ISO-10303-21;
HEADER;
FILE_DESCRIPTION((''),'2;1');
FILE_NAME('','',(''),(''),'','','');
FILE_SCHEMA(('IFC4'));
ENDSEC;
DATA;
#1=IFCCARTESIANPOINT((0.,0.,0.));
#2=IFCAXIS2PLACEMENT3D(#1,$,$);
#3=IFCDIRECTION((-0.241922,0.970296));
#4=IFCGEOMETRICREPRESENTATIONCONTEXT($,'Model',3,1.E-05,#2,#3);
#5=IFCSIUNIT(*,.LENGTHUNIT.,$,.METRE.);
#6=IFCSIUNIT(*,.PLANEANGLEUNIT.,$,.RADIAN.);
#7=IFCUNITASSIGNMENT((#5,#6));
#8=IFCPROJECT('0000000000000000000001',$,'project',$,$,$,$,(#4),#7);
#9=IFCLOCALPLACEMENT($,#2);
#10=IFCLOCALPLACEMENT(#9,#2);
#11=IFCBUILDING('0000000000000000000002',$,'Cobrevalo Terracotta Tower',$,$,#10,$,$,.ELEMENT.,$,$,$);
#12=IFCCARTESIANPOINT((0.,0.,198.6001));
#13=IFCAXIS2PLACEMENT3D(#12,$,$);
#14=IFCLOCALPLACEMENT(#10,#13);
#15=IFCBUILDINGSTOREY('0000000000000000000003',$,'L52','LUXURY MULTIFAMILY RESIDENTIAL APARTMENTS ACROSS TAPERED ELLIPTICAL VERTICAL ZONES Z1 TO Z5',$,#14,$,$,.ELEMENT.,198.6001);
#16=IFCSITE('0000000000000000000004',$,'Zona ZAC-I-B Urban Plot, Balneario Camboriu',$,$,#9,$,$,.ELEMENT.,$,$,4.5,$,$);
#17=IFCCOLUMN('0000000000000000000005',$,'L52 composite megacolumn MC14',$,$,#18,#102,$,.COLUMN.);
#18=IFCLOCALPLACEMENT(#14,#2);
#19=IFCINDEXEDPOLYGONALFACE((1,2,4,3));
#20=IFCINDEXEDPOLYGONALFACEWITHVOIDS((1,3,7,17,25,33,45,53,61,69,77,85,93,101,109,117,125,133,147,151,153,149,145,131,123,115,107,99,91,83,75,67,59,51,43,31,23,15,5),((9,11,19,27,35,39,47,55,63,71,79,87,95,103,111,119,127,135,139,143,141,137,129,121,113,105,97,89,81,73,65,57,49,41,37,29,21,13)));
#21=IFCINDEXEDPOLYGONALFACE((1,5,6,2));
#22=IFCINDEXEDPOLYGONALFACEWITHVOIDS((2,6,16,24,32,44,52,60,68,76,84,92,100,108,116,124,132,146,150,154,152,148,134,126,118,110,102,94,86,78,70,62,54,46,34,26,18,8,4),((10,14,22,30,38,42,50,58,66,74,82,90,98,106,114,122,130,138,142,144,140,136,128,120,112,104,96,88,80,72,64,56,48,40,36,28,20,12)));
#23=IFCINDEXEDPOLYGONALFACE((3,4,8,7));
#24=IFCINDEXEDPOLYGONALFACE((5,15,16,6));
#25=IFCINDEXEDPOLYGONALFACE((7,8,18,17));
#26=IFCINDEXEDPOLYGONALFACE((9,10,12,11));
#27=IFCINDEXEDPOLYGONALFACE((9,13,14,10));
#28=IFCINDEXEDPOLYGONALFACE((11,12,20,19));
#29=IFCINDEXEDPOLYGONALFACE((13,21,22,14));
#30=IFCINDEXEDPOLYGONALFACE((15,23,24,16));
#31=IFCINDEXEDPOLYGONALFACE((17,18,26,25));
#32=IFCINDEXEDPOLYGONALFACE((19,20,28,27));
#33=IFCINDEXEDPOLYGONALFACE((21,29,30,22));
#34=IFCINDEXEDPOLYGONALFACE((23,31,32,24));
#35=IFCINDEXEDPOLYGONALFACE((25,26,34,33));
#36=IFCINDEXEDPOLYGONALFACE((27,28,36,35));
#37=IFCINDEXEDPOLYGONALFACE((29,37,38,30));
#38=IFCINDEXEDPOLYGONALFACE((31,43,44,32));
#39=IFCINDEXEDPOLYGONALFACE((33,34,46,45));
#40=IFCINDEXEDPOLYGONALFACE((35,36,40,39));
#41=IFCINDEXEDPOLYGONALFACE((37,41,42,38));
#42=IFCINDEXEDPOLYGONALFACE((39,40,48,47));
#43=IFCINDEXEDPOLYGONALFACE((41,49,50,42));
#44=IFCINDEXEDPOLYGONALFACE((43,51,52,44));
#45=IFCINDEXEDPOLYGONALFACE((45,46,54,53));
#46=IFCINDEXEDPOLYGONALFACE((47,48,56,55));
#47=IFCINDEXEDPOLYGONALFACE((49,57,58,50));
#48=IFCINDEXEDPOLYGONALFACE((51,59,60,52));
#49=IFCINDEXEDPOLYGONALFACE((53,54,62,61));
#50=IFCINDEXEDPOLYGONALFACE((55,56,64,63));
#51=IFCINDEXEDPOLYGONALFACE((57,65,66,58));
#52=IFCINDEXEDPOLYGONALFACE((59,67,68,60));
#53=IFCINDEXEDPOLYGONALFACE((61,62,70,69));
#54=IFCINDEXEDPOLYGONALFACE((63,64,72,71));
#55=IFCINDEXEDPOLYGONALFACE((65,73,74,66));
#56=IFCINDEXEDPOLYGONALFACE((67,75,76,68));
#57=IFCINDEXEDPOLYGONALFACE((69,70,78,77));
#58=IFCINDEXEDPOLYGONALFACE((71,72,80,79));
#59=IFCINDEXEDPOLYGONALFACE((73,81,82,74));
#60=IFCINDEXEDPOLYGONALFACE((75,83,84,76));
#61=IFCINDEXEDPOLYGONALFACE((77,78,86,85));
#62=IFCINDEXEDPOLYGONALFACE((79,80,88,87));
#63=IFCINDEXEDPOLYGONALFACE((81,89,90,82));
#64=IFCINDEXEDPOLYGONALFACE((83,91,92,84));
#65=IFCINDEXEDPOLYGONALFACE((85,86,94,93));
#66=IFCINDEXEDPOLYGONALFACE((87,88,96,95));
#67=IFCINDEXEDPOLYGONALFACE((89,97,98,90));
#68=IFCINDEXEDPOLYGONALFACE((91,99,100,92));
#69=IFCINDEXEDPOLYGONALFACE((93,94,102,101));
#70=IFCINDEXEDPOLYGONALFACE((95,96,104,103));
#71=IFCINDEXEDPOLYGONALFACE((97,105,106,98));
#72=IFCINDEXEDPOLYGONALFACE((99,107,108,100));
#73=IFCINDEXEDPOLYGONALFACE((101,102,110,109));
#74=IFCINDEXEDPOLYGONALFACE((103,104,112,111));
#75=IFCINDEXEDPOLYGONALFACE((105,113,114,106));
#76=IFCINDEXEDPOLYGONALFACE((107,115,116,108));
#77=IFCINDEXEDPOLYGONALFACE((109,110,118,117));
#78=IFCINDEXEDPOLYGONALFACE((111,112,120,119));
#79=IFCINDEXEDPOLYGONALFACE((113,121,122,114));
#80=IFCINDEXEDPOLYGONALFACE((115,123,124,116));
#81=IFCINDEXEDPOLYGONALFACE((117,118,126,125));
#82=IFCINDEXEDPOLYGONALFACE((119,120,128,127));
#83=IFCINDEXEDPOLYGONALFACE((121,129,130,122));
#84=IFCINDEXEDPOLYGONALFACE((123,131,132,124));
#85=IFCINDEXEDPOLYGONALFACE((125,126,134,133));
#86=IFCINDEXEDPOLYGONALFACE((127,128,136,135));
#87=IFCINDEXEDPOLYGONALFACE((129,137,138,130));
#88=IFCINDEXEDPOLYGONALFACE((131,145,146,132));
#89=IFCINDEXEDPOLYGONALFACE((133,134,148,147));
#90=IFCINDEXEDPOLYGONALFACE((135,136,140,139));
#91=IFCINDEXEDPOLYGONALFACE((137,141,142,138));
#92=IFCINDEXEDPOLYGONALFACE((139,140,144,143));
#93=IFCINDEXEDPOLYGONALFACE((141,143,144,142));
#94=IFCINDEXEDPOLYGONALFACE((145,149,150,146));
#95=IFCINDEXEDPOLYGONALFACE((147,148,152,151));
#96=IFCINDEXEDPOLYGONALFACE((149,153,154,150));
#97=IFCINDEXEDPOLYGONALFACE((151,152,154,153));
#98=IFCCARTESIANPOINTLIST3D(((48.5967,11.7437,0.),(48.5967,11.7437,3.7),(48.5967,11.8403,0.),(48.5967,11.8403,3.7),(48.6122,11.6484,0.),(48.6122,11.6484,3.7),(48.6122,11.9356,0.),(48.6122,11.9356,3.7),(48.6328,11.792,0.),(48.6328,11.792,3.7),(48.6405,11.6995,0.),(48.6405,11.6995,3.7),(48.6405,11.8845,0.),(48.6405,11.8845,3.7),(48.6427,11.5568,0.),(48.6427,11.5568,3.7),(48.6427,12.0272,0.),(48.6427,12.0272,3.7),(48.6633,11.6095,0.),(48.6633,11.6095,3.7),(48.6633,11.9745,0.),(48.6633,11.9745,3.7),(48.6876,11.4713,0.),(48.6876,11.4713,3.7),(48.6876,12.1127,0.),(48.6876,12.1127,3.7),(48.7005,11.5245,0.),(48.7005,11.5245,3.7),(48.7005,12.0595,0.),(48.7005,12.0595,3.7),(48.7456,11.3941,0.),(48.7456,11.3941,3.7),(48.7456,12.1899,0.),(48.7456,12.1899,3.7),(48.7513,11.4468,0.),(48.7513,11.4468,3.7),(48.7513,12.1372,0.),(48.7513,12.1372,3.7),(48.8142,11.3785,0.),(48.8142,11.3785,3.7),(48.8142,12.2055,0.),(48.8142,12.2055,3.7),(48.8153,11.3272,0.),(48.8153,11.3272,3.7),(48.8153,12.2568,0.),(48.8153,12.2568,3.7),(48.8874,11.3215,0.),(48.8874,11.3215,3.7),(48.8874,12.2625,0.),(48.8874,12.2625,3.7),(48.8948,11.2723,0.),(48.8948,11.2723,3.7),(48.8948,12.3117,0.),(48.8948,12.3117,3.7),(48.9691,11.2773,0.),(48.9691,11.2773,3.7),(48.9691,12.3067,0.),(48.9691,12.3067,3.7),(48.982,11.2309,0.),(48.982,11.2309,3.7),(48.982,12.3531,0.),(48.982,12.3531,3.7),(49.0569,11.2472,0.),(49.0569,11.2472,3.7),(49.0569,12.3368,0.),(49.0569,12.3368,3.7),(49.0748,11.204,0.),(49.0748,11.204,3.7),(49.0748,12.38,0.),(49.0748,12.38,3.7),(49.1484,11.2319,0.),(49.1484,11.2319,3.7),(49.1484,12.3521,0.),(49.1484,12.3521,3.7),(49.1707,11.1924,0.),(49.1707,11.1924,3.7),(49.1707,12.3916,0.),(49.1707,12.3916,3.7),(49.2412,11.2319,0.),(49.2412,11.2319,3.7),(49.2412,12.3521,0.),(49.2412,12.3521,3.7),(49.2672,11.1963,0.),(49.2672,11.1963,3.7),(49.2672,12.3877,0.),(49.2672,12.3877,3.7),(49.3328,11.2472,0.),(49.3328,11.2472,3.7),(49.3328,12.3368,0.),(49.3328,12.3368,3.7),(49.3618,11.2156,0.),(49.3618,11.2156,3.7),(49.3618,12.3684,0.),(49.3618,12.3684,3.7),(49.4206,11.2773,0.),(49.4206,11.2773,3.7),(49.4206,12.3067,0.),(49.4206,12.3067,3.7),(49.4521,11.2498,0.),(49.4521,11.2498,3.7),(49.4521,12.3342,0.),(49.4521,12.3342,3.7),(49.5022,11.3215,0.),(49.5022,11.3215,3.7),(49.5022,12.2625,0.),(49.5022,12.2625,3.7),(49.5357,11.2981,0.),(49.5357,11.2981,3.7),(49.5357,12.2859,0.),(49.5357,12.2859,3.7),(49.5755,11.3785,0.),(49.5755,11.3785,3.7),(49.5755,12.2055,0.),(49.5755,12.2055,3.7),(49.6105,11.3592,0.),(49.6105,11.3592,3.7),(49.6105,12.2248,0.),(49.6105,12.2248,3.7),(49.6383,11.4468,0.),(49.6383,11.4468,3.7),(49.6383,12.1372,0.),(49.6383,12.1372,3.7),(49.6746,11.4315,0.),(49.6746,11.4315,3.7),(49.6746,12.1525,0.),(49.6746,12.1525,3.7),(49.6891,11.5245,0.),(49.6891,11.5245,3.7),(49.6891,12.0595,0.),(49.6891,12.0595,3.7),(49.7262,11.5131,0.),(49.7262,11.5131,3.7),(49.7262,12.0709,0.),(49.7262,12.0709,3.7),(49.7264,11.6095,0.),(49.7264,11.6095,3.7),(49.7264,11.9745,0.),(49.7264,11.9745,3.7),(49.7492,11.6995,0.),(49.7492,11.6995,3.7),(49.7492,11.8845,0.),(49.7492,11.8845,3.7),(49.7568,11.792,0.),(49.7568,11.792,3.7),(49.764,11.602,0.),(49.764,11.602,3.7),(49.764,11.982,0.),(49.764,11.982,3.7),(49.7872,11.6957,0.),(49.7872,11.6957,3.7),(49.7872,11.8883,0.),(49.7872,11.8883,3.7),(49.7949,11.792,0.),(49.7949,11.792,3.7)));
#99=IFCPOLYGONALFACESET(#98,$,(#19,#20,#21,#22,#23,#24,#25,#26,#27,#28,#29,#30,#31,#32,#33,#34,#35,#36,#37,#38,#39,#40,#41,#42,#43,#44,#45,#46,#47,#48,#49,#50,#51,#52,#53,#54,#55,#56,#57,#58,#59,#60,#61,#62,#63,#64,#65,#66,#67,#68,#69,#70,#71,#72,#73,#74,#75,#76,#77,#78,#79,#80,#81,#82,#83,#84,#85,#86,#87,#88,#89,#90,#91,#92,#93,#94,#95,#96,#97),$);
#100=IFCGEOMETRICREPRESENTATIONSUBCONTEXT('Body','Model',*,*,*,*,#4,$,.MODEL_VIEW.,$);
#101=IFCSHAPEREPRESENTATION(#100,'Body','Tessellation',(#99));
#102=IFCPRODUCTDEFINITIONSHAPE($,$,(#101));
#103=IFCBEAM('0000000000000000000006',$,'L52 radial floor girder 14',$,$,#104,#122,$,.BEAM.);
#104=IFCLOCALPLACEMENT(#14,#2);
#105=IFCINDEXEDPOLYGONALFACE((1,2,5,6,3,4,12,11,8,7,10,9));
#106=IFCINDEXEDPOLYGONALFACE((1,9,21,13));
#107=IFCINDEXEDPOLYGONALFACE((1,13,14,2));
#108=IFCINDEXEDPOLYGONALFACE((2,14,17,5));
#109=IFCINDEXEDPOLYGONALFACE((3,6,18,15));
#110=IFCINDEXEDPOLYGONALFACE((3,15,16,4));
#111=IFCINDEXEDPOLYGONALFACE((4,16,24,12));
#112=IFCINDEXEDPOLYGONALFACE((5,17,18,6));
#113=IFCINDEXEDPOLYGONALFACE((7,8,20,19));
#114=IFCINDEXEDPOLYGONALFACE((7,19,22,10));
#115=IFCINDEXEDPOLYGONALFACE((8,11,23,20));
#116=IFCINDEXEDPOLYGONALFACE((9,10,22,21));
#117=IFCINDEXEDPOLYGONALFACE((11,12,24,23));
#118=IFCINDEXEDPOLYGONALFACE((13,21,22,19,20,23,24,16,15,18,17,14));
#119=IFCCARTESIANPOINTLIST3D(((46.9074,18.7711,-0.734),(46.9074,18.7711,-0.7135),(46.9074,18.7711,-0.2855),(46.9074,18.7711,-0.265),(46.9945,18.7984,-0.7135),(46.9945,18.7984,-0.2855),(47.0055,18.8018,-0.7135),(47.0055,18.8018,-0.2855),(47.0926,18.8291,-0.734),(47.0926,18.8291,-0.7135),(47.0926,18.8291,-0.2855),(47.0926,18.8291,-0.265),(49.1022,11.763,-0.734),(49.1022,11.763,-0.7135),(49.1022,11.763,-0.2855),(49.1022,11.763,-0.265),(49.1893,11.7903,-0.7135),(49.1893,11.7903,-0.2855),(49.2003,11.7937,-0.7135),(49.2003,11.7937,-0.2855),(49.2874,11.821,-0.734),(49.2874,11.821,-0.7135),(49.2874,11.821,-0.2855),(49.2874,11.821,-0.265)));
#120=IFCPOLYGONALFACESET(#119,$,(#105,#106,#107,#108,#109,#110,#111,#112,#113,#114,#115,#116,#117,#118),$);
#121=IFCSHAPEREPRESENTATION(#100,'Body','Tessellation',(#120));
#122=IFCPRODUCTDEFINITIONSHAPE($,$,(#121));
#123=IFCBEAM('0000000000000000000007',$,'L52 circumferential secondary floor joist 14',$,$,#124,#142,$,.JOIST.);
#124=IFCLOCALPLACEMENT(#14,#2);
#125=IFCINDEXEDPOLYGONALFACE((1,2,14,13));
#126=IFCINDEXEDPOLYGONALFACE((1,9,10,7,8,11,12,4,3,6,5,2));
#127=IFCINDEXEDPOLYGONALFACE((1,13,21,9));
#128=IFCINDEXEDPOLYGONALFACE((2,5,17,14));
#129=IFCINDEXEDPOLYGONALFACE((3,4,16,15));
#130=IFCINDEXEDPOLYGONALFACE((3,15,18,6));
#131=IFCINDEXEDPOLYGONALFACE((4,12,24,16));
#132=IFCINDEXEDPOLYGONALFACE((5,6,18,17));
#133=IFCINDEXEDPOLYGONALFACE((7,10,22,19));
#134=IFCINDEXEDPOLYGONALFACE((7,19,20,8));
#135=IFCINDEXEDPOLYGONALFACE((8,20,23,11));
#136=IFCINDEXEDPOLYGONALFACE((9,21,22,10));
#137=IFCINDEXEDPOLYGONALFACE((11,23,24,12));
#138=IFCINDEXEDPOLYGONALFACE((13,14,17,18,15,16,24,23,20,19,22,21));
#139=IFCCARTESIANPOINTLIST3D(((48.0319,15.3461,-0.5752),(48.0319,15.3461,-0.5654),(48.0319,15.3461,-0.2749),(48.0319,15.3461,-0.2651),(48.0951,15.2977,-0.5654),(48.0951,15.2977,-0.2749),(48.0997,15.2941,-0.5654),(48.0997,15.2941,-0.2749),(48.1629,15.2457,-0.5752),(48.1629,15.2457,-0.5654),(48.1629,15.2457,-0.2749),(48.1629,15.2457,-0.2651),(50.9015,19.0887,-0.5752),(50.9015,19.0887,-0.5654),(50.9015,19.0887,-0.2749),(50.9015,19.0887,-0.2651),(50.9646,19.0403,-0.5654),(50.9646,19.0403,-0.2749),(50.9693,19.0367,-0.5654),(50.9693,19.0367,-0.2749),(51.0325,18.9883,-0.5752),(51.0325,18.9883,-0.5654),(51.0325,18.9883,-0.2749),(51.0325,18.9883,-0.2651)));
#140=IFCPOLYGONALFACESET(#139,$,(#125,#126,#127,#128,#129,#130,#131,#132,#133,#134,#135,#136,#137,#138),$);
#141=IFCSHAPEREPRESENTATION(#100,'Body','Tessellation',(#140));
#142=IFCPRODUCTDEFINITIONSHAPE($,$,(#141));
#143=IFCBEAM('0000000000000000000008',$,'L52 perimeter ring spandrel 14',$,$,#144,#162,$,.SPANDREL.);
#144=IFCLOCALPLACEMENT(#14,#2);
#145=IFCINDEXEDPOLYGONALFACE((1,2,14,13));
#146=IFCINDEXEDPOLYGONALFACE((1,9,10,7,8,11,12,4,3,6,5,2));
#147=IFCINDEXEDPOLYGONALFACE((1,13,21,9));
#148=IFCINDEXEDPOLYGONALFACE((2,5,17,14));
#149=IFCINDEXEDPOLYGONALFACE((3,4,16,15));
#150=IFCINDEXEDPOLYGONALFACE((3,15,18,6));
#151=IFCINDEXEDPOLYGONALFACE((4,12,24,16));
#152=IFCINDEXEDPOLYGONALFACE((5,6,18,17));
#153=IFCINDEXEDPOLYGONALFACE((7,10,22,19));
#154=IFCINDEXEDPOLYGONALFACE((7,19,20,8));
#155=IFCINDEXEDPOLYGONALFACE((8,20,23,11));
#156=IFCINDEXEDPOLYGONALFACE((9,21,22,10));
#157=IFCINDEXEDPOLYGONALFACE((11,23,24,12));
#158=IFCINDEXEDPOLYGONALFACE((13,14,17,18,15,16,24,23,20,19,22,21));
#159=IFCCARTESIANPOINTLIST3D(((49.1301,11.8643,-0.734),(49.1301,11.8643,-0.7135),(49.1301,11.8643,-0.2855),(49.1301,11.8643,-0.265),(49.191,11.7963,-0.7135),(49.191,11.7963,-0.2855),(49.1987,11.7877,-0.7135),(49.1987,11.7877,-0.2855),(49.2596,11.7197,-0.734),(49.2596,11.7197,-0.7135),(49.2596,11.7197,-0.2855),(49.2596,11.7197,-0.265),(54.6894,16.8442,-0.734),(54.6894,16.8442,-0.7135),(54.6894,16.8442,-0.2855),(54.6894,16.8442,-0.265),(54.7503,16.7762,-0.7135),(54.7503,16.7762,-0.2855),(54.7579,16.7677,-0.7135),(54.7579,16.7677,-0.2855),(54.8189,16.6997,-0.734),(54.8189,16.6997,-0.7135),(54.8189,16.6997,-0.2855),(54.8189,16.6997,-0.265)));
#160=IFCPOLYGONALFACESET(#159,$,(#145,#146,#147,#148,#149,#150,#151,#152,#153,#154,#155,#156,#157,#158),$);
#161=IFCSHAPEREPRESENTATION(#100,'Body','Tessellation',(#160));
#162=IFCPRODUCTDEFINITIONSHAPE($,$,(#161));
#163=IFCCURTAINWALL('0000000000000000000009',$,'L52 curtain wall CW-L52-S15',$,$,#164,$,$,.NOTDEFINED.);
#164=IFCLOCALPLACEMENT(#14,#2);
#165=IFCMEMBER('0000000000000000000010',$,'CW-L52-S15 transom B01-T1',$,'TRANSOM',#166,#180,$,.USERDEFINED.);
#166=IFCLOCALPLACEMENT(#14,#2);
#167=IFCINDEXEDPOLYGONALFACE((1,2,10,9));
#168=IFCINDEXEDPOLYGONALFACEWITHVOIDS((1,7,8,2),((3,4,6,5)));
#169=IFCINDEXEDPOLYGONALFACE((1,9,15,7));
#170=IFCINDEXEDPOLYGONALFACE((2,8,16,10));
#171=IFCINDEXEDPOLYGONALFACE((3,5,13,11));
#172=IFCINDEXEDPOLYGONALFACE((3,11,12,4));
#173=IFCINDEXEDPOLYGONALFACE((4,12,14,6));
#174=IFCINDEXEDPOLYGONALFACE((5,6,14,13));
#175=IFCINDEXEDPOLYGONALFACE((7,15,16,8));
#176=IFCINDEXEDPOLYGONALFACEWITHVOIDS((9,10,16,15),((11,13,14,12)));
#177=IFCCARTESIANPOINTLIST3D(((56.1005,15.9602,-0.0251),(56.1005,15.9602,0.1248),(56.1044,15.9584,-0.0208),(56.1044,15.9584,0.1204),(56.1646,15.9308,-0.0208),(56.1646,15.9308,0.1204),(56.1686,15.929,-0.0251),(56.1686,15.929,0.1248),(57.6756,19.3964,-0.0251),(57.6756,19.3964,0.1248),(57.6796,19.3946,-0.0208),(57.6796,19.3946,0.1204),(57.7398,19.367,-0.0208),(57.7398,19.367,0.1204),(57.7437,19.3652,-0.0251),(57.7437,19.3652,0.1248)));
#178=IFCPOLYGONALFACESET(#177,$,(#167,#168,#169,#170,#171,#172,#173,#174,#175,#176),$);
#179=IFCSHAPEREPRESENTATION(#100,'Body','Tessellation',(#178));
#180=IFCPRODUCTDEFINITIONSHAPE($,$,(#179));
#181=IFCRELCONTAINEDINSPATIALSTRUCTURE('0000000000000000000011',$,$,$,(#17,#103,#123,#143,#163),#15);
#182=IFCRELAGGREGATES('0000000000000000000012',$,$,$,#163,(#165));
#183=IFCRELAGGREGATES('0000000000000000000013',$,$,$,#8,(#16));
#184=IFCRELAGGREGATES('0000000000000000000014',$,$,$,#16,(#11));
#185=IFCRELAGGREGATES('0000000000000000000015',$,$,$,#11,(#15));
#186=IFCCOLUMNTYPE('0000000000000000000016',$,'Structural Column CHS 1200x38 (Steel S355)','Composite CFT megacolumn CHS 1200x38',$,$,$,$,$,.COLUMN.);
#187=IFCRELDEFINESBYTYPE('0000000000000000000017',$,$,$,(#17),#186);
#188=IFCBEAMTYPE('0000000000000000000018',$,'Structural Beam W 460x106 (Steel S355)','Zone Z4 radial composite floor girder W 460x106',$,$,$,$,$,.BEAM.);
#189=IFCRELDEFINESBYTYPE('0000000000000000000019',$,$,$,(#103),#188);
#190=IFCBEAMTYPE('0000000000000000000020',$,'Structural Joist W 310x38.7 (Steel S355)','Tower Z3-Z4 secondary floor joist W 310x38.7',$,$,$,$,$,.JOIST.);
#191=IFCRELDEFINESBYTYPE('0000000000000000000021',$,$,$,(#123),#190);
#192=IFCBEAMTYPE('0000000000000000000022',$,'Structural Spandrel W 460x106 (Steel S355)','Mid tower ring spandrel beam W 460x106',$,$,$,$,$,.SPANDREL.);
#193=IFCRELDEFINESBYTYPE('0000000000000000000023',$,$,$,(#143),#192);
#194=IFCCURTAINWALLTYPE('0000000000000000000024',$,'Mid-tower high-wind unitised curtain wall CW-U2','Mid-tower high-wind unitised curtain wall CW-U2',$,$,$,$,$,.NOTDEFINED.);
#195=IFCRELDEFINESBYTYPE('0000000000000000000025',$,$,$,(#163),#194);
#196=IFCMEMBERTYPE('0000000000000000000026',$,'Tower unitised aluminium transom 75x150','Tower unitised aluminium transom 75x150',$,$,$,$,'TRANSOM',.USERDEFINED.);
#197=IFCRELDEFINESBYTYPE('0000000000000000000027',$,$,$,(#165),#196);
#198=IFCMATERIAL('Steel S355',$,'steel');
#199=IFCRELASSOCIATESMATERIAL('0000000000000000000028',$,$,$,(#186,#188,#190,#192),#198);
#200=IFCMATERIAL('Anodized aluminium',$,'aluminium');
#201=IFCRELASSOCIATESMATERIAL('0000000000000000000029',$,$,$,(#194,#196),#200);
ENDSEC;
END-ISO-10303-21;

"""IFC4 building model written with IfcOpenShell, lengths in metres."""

from ifc_helpers import new_model, si_unit, direction, frame, origin, origin_2d, place, context, subcontext, project, spatial, hollow_rectangle, hollow_circle, i_section, extrude, source, transform, mapped, material, material_profile, profile_set, type_object, element, aggregate, save


model = new_model("IFC4")

# Units and contexts
model_context = context("Model", 3, precision=1e-05, world=origin(), true_north=direction((-0.241922, 0.970296)))
body_context = subcontext(model_context, "Body", "Model", "MODEL_VIEW")
ifc_project = project(units=[si_unit("LENGTHUNIT", "METRE"), si_unit("PLANEANGLEUNIT", "RADIAN")], contexts=[model_context])

# Site, building, storey
site_placement = place(None, origin())
site = spatial("IfcSite", under=ifc_project, at=site_placement, Name="Zona ZAC-I-B Urban Plot, Balneario Camboriu", CompositionType="ELEMENT", RefElevation=4.5)
building_placement = place(site_placement, origin())
building = spatial("IfcBuilding", under=site, at=building_placement, Name="Cobrevalo Terracotta Tower", CompositionType="ELEMENT")
storey_placement = place(building_placement, frame((0.0, 0.0, 198.6001)))
storey = spatial("IfcBuildingStorey", under=building, at=storey_placement, Name="L52", Description="LUXURY MULTIFAMILY RESIDENTIAL APARTMENTS ACROSS TAPERED ELLIPTICAL VERTICAL ZONES Z1 TO Z5", CompositionType="ELEMENT", Elevation=198.6001)

# Column
ifc_material_1 = material(Name="Steel S355", Category="steel")
ifc_material_profile_1 = material_profile(ifc_material_1, hollow_circle(Radius=0.6001, WallThickness=0.0381, at=origin_2d()), Name="CHS 1200x38")
ifc_profile_set_1 = profile_set([ifc_material_profile_1], Name="Steel S355")
column_type = type_object("IfcColumnType", Name="Structural Column CHS 1200x38 (Steel S355)", Description="Composite CFT megacolumn CHS 1200x38", PredefinedType="COLUMN", material=ifc_profile_set_1)
column_placement = place(storey_placement, frame((49.1948, 11.792, 0.0), z_axis=(0.0, 0.0, 1.0), x_axis=(1.0, 0.0, 0.0)))
element("IfcColumn", 1, at=column_placement, inside=storey, type_object=column_type, Name="L52 composite megacolumn MC14", PredefinedType="COLUMN", context=body_context, shape_type="SweptSolid", body=[
    extrude(hollow_circle(Radius=0.6001, WallThickness=0.0381, at=origin_2d()), origin(), (0.0, 0.0, 1.0), 3.7),
])

# Beams
ifc_material_profile_2 = material_profile(ifc_material_1, i_section(OverallWidth=0.1941, OverallDepth=0.469, WebThickness=0.0115, FlangeThickness=0.0205, at=origin_2d()), Name="W 460x106")
ifc_profile_set_2 = profile_set([ifc_material_profile_2], Name="Steel S355")
beam_type_1 = type_object("IfcBeamType", Name="Structural Beam W 460x106 (Steel S355)", Description="Zone Z4 radial composite floor girder W 460x106", PredefinedType="BEAM", material=ifc_profile_set_2)
beam_1_placement = place(storey_placement, frame((49.1948, 11.792, -0.4995), z_axis=(-0.298871, 0.954293, 0.0), x_axis=(-0.954293, -0.298871, 0.0)))
element("IfcBeam", 2, at=beam_1_placement, inside=storey, type_object=beam_type_1, Name="L52 radial floor girder 14", PredefinedType="BEAM", context=body_context, shape_type="SweptSolid", body=[
    extrude(i_section(OverallWidth=0.1941, OverallDepth=0.469, WebThickness=0.0115, FlangeThickness=0.0205, at=origin_2d()), origin(), (0.0, 0.0, 1.0), 7.3438),
])
ifc_material_profile_3 = material_profile(ifc_material_1, i_section(OverallWidth=0.165, OverallDepth=0.3101, WebThickness=0.0059, FlangeThickness=0.0098, at=origin_2d()), Name="W 310x38.7")
ifc_profile_set_3 = profile_set([ifc_material_profile_3], Name="Steel S355")
beam_type_2 = type_object("IfcBeamType", Name="Structural Joist W 310x38.7 (Steel S355)", Description="Tower Z3-Z4 secondary floor joist W 310x38.7", PredefinedType="JOIST", material=ifc_profile_set_3)
beam_2_placement = place(storey_placement, frame((48.0974, 15.2959, -0.4202), z_axis=(0.608464, 0.793581, 0.0), x_axis=(-0.793581, 0.608464, 0.0)))
element("IfcBeam", 3, at=beam_2_placement, inside=storey, type_object=beam_type_2, Name="L52 circumferential secondary floor joist 14", PredefinedType="JOIST", context=body_context, shape_type="SweptSolid", body=[
    extrude(i_section(OverallWidth=0.165, OverallDepth=0.3101, WebThickness=0.0059, FlangeThickness=0.0098, at=origin_2d()), origin(), (0.0, 0.0, 1.0), 4.7161),
])
ifc_material_profile_4 = material_profile(ifc_material_1, i_section(OverallWidth=0.1941, OverallDepth=0.469, WebThickness=0.0115, FlangeThickness=0.0205, at=origin_2d()), Name="W 460x106")
ifc_profile_set_4 = profile_set([ifc_material_profile_4], Name="Steel S355")
beam_type_3 = type_object("IfcBeamType", Name="Structural Spandrel W 460x106 (Steel S355)", Description="Mid tower ring spandrel beam W 460x106", PredefinedType="SPANDREL", material=ifc_profile_set_4)
beam_3_placement = place(storey_placement, frame((49.1948, 11.792, -0.4995), z_axis=(0.744852, 0.66723, 0.0), x_axis=(-0.66723, 0.744852, 0.0)))
element("IfcBeam", 4, at=beam_3_placement, inside=storey, type_object=beam_type_3, Name="L52 perimeter ring spandrel 14", PredefinedType="SPANDREL", context=body_context, shape_type="SweptSolid", body=[
    extrude(i_section(OverallWidth=0.1941, OverallDepth=0.469, WebThickness=0.0115, FlangeThickness=0.0205, at=origin_2d()), origin(), (0.0, 0.0, 1.0), 7.4636),
])

# Curtain wall, member
ifc_material_2 = material(Name="Anodized aluminium", Category="aluminium")
curtain_wall_type = type_object("IfcCurtainWallType", Name="Mid-tower high-wind unitised curtain wall CW-U2", Description="Mid-tower high-wind unitised curtain wall CW-U2", PredefinedType="NOTDEFINED", material=ifc_material_2)
curtain_wall_1_placement = place(storey_placement, origin())
curtain_wall_1 = element("IfcCurtainWall", 5, at=curtain_wall_1_placement, inside=storey, type_object=curtain_wall_type, Name="L52 curtain wall CW-L52-S15", PredefinedType="NOTDEFINED")
ifc_material_profile_5 = material_profile(ifc_material_2, hollow_rectangle(XDim=0.075, YDim=0.1499, WallThickness=0.0044, at=origin_2d()), Name="CWT 75x150")
ifc_profile_set_5 = profile_set([ifc_material_profile_5], Name="Anodized aluminium")
member_type_1 = type_object("IfcMemberType", Name="Tower unitised aluminium transom 75x150", Description="Tower unitised aluminium transom 75x150", ElementType="TRANSOM", PredefinedType="USERDEFINED", material=ifc_profile_set_5)
shared_shape_1 = source(origin(), body_context, "Body", "SweptSolid", [
    extrude(hollow_rectangle(XDim=0.075, YDim=0.1499, WallThickness=0.0044, at=origin_2d()), origin(), (0.0, 0.0, 1.0), 3.78),
])
member_1_placement = place(storey_placement, frame((56.1345, 15.9446, 0.0498), z_axis=(0.416706, 0.909041, 0.0), x_axis=(-0.909041, 0.416706, 0.0)))
member_1 = element("IfcMember", 6, at=member_1_placement, type_object=member_type_1, Name="CW-L52-S15 transom B01-T1", ObjectType="TRANSOM", PredefinedType="USERDEFINED", context=body_context, shape_type="MappedRepresentation", body=[
    mapped(shared_shape_1, transform((0.0, 0.0, 0.0), scale=1.0)),
])

aggregate(curtain_wall_1, [member_1])

save(model, "model.ifc")
